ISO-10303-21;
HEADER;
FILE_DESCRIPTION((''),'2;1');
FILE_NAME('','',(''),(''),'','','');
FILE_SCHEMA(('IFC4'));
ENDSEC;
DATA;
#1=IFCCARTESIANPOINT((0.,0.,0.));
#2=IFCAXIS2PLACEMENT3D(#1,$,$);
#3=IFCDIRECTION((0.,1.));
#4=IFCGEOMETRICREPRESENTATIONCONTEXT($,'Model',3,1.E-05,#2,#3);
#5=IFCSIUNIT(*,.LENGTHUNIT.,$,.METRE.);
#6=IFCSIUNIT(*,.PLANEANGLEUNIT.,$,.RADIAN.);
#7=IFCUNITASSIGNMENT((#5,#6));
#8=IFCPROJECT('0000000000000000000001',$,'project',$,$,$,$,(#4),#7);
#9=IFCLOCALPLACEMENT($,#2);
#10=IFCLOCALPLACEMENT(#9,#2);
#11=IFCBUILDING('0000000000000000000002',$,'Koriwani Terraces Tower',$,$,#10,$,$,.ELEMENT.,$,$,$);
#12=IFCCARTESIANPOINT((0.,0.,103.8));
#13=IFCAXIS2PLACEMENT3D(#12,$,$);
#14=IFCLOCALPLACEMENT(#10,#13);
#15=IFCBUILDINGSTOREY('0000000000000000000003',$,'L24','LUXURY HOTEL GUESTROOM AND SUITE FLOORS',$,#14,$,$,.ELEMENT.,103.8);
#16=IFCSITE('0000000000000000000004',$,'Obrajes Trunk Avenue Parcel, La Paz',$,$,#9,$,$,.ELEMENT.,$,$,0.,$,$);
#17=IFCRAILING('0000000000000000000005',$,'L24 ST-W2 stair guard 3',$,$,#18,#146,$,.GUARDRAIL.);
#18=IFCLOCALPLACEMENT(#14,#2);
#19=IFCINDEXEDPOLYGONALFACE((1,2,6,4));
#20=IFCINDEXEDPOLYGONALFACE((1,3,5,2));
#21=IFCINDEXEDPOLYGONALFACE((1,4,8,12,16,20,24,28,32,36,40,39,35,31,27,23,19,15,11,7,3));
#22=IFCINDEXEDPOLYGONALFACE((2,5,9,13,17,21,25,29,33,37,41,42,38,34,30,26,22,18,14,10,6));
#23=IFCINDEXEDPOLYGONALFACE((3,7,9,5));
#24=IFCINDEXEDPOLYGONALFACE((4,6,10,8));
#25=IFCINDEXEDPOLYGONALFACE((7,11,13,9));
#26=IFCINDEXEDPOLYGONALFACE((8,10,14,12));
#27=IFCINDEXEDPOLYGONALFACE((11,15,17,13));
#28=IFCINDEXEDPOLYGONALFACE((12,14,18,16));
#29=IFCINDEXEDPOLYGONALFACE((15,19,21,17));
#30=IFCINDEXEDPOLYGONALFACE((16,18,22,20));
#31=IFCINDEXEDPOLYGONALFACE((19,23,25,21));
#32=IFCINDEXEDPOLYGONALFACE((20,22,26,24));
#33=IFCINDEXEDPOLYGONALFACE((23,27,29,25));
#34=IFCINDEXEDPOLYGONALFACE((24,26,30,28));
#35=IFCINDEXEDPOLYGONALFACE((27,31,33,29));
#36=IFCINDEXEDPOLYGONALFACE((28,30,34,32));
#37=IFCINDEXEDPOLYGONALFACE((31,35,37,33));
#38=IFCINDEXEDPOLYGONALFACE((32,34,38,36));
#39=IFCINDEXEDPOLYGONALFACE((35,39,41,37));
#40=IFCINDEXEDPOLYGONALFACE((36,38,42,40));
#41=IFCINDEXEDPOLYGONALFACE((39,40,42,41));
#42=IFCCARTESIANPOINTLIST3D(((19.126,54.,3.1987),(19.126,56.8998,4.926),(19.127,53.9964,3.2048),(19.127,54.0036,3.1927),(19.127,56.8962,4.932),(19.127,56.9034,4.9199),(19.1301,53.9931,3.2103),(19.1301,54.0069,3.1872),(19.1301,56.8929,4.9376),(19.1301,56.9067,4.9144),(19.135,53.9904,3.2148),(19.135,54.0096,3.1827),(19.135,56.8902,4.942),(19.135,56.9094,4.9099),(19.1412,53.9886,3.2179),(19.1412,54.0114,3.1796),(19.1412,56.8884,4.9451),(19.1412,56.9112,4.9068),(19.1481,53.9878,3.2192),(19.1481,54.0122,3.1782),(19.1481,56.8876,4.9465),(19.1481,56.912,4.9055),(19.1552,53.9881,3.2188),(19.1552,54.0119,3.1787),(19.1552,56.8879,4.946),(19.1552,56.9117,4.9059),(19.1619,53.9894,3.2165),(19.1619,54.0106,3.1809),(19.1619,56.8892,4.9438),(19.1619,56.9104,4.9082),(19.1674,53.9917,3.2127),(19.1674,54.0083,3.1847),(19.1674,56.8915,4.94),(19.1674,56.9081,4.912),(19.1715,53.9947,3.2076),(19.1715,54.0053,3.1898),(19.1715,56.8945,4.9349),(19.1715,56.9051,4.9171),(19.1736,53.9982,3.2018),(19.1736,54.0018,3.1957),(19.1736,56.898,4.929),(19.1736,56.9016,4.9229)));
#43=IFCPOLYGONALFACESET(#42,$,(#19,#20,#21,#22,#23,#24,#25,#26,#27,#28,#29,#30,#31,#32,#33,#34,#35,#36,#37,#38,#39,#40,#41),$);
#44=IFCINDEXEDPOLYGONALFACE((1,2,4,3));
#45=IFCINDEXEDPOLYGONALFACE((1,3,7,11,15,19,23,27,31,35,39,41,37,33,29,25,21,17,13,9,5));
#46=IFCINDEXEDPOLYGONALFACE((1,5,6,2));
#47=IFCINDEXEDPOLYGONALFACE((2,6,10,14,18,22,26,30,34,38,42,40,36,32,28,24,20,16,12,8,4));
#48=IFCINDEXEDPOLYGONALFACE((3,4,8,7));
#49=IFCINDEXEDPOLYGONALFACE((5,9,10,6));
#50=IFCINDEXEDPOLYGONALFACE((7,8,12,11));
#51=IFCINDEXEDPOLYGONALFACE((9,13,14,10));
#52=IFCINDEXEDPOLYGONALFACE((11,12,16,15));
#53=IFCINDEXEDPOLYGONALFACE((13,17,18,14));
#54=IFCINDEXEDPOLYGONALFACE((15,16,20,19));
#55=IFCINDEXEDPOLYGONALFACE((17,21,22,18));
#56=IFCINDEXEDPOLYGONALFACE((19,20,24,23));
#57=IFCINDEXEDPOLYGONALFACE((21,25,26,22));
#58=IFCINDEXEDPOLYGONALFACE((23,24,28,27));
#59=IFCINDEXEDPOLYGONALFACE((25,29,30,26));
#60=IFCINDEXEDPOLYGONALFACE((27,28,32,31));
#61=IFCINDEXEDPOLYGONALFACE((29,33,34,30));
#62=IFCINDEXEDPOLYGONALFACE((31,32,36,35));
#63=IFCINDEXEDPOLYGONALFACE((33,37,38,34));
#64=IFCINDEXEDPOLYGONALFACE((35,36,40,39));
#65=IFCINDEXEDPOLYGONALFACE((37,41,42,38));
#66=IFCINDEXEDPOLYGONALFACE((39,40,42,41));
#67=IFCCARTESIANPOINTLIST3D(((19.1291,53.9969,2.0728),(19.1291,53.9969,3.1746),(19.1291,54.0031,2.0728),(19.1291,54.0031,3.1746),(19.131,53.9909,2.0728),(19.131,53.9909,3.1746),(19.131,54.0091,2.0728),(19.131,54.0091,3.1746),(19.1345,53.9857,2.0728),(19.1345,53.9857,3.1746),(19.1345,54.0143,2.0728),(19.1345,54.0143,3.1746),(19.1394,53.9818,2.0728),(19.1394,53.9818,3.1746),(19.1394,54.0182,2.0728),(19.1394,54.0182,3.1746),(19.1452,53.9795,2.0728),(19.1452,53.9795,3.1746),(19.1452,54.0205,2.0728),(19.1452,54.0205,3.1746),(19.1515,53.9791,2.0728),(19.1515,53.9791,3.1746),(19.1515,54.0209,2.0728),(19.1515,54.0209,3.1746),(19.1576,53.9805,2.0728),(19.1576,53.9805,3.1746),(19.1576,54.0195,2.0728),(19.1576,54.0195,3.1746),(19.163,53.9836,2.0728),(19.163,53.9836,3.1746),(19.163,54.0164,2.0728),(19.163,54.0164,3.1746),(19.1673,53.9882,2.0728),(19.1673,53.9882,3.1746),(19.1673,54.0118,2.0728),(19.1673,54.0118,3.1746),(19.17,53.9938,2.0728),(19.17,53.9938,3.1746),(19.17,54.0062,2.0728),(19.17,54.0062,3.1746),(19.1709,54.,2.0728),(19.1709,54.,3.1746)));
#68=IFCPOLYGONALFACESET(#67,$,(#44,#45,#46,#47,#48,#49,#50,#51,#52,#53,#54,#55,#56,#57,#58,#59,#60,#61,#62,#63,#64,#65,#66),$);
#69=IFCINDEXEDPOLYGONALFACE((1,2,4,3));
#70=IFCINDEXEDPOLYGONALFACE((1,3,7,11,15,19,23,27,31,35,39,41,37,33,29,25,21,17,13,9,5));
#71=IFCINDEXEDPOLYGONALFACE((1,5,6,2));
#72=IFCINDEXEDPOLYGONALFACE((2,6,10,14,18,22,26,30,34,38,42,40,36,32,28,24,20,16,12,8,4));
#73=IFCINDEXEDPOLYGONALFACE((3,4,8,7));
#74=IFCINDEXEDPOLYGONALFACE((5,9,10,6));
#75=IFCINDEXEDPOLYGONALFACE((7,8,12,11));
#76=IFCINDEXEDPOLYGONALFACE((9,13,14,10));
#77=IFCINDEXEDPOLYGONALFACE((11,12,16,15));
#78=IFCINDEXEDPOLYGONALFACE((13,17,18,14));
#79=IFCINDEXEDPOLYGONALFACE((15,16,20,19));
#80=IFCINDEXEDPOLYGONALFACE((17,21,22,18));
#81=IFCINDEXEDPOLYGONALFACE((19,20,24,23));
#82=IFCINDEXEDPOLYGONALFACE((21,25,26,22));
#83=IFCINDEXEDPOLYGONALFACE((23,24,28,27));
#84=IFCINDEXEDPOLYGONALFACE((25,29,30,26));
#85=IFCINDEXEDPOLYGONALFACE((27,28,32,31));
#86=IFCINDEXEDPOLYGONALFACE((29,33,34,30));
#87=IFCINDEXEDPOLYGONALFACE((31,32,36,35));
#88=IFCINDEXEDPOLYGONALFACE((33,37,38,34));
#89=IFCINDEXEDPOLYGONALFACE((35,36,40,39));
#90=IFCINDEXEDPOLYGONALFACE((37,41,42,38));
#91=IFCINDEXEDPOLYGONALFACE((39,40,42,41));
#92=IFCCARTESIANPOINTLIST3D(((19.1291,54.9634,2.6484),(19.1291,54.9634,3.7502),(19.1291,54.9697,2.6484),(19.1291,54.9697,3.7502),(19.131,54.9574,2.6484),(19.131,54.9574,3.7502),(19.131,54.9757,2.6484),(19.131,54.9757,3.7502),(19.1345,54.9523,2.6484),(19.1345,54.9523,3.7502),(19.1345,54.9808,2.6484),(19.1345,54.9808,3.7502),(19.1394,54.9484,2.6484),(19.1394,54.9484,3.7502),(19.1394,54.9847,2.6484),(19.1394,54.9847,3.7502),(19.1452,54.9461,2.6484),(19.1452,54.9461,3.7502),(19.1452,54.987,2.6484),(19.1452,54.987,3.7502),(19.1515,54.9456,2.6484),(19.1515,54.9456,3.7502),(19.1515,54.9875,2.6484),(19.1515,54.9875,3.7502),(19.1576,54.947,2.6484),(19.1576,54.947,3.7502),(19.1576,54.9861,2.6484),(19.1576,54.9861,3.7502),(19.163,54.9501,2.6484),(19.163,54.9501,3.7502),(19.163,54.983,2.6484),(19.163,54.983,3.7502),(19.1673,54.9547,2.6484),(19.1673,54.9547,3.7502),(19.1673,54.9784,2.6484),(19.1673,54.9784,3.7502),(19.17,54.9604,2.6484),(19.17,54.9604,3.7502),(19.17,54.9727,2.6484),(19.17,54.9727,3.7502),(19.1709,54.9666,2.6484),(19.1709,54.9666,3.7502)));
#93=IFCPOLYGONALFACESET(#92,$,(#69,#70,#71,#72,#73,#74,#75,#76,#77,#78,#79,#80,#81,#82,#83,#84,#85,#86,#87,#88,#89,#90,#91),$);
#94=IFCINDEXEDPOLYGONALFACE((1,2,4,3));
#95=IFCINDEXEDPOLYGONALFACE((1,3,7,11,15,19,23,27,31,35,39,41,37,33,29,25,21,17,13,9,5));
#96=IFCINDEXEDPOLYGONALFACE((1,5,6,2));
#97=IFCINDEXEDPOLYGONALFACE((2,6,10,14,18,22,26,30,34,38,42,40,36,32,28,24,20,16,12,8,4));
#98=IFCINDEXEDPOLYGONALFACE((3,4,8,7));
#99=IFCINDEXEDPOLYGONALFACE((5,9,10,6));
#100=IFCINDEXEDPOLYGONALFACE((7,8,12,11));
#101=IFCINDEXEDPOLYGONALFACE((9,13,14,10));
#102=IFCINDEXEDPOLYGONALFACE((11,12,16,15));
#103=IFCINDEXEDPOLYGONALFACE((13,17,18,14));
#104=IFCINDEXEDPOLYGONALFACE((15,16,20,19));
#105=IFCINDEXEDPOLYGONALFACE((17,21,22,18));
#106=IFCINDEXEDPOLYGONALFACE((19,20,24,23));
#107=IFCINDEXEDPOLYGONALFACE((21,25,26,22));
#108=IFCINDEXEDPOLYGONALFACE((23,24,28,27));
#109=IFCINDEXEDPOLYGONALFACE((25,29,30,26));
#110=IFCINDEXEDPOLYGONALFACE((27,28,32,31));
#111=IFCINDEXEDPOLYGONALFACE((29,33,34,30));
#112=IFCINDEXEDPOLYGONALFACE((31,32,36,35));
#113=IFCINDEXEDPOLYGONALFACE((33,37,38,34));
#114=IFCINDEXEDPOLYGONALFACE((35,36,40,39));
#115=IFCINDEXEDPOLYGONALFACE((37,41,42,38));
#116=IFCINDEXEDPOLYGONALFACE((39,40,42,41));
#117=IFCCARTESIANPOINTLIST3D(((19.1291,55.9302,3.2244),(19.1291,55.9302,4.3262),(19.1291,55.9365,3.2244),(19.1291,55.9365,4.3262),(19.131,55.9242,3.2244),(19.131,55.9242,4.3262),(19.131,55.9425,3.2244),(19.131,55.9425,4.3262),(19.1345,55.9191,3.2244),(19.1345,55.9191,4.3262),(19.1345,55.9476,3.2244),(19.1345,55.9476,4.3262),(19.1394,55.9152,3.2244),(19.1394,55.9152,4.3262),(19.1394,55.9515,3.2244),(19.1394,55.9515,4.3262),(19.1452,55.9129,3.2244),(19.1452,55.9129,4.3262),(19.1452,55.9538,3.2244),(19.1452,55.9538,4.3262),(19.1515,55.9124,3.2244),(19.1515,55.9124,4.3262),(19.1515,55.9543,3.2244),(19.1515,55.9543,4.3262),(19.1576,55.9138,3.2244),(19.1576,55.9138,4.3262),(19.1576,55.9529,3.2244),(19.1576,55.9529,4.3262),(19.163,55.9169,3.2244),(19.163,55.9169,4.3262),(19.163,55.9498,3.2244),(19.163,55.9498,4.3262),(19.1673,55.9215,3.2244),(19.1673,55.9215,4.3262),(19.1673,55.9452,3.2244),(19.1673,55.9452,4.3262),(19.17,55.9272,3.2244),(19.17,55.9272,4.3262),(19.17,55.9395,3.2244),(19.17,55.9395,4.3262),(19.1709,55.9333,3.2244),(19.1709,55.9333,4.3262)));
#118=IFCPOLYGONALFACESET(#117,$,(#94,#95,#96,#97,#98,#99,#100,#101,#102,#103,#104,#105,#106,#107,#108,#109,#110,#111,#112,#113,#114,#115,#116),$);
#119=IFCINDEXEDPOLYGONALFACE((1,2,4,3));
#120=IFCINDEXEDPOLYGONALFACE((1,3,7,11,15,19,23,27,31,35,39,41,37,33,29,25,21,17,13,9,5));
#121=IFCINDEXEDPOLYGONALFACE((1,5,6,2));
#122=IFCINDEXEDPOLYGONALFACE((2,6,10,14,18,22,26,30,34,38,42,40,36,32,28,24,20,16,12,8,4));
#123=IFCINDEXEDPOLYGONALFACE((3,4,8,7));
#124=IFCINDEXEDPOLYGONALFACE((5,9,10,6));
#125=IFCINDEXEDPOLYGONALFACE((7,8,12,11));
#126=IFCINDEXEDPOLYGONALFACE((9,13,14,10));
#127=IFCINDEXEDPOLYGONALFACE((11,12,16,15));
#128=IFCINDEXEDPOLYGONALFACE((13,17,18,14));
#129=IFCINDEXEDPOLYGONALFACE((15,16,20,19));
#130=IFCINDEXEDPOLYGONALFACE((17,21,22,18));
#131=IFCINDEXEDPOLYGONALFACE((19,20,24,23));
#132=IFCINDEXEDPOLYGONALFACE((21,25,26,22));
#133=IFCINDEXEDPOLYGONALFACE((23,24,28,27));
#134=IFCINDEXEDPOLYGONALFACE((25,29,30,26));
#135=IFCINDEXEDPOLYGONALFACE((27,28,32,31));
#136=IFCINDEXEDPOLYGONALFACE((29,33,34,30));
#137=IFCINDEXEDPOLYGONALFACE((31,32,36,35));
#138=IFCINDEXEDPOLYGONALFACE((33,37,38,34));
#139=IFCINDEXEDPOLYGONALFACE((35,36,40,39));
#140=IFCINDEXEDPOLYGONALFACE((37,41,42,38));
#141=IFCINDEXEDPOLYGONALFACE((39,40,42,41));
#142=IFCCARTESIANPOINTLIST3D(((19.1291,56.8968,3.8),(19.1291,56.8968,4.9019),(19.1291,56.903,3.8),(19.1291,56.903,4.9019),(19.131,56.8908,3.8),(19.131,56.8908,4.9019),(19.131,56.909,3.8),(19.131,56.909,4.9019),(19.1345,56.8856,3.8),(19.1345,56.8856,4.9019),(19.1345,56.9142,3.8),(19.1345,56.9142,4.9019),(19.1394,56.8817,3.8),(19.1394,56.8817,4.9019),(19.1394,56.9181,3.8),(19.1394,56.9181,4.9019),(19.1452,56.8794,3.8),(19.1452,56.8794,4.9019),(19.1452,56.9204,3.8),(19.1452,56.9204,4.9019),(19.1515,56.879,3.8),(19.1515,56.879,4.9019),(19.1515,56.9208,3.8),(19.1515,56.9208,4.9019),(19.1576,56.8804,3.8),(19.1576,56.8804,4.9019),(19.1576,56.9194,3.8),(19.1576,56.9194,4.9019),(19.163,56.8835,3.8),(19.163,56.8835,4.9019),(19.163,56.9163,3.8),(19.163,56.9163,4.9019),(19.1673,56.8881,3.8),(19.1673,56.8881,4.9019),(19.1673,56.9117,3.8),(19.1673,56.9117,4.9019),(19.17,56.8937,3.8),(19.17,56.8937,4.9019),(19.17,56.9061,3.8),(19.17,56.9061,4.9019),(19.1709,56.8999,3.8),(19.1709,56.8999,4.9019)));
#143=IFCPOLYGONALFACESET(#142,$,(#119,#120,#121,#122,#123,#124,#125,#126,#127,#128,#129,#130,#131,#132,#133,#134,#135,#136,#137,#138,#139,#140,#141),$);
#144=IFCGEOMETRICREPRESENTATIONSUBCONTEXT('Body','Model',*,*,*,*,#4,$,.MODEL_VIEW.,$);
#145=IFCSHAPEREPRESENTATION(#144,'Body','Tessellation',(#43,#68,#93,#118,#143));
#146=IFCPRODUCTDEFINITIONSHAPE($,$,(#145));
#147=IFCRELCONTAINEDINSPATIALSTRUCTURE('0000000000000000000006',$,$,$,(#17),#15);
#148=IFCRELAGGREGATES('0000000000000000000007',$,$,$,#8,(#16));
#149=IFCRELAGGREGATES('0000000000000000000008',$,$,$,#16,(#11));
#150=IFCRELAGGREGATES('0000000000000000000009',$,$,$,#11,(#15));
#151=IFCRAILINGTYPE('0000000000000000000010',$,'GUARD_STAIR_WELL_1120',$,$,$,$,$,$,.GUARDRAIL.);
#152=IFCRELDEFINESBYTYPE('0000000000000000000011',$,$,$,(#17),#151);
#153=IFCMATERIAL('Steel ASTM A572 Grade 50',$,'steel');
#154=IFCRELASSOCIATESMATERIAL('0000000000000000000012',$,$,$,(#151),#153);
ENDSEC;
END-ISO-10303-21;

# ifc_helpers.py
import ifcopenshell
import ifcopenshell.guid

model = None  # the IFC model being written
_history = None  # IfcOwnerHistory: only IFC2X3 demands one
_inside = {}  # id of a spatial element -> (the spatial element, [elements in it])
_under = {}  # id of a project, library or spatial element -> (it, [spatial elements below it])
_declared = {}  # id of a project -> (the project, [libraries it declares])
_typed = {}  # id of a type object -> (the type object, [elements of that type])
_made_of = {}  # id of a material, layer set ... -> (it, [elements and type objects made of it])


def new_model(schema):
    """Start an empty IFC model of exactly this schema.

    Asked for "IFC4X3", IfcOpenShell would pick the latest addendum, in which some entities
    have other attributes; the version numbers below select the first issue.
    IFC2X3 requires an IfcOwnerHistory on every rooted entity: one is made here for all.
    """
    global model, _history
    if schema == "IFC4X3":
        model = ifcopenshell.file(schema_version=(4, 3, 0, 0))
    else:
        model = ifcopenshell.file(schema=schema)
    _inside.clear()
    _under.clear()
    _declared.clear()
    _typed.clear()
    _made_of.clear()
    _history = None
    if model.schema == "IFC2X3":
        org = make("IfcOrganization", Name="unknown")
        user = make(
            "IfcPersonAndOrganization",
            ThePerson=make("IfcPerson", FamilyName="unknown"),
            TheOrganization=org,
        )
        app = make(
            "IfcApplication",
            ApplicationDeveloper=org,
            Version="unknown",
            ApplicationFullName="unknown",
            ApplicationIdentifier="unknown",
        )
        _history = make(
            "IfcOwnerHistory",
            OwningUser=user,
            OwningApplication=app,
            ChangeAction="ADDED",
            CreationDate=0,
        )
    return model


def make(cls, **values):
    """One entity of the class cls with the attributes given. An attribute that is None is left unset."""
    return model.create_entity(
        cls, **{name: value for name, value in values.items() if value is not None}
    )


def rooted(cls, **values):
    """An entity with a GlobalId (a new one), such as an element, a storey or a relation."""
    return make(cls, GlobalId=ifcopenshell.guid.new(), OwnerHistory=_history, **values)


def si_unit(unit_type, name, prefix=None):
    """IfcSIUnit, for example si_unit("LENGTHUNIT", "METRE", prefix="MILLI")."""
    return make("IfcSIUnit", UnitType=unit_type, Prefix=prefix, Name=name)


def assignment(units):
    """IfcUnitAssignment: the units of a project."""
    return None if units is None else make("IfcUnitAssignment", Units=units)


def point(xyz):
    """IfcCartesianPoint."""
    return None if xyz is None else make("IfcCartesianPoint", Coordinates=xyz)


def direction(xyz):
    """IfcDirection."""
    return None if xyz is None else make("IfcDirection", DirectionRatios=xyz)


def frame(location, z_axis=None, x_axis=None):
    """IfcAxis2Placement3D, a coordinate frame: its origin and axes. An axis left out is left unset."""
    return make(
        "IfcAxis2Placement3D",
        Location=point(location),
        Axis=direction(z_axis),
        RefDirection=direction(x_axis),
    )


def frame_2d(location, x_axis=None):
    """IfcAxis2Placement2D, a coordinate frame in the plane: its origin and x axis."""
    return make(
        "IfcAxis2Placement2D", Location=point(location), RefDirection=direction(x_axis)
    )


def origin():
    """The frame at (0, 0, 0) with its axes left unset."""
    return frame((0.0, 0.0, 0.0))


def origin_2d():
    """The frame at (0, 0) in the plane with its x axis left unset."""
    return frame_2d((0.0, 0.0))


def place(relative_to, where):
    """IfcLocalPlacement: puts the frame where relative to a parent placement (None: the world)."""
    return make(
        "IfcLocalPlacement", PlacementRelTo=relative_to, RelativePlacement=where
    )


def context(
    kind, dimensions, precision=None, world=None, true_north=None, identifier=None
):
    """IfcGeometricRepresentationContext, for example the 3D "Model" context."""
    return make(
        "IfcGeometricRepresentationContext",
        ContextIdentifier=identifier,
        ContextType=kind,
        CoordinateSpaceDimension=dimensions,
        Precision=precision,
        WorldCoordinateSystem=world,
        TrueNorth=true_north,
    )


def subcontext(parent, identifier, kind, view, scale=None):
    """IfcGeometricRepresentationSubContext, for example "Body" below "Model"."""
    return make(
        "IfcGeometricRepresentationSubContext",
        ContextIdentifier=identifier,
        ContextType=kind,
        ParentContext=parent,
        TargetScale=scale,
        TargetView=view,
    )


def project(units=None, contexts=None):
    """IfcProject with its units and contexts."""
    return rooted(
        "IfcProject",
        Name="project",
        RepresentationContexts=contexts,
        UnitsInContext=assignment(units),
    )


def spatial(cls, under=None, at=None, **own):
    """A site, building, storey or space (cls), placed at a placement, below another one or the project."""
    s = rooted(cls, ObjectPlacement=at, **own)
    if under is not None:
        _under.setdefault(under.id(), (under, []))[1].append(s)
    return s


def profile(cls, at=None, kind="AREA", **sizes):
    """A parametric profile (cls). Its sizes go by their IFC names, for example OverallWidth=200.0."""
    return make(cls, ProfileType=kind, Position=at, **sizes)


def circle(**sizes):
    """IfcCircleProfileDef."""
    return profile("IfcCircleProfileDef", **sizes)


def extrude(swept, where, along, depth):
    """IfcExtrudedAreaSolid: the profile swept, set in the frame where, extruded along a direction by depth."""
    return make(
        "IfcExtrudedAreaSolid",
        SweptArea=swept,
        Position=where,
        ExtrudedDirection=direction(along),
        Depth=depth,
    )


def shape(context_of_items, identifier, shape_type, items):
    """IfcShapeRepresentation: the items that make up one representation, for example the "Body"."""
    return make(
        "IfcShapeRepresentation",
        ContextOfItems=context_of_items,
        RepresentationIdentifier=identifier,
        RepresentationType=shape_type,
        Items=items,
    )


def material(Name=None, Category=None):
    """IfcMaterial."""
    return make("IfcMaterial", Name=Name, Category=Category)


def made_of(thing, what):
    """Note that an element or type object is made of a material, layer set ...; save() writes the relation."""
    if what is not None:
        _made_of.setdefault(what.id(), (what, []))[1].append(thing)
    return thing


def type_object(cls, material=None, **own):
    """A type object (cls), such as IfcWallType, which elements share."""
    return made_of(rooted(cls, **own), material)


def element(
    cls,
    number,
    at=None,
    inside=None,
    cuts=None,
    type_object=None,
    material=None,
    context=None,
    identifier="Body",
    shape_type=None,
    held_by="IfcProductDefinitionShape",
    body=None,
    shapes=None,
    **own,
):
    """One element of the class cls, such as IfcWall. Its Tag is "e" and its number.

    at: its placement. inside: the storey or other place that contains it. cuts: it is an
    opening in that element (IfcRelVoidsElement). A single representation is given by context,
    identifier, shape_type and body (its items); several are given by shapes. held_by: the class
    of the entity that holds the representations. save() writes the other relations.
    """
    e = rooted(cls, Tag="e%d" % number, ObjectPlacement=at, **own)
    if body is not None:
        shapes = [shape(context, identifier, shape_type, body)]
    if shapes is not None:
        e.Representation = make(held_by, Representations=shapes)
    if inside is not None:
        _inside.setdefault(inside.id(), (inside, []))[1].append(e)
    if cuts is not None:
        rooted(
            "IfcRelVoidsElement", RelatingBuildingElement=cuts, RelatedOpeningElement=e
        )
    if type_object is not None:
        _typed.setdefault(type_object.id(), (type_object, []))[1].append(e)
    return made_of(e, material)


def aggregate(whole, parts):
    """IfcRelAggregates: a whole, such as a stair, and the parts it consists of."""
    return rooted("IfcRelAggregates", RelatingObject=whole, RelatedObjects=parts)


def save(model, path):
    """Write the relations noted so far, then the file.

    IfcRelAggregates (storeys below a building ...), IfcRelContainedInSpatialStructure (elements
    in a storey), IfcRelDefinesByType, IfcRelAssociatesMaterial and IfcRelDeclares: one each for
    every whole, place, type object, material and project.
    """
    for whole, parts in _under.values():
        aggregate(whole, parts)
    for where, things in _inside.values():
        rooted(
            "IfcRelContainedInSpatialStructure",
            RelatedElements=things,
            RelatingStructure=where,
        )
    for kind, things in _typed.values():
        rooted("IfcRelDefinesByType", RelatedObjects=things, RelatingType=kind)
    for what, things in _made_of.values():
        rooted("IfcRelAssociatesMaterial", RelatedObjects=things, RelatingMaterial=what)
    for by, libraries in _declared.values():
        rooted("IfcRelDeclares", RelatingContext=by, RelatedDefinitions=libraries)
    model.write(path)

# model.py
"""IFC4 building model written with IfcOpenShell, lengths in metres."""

from ifc_helpers import new_model, si_unit, direction, frame, origin, origin_2d, place, context, subcontext, project, spatial, circle, extrude, material, type_object, element, save


model = new_model("IFC4")

# Units and contexts
model_context = context("Model", 3, precision=1e-05, world=origin(), true_north=direction((0.0, 1.0)))
body_context = subcontext(model_context, "Body", "Model", "MODEL_VIEW")
ifc_project = project(units=[si_unit("LENGTHUNIT", "METRE"), si_unit("PLANEANGLEUNIT", "RADIAN")], contexts=[model_context])

# Site, building, storey
site_placement = place(None, origin())
site = spatial("IfcSite", under=ifc_project, at=site_placement, Name="Obrajes Trunk Avenue Parcel, La Paz", CompositionType="ELEMENT", RefElevation=0.0)
building_placement = place(site_placement, origin())
building = spatial("IfcBuilding", under=site, at=building_placement, Name="Koriwani Terraces Tower", CompositionType="ELEMENT")
storey_placement = place(building_placement, frame((0.0, 0.0, 103.8)))
storey = spatial("IfcBuildingStorey", under=building, at=storey_placement, Name="L24", Description="LUXURY HOTEL GUESTROOM AND SUITE FLOORS", CompositionType="ELEMENT", Elevation=103.8)

# Shared definitions
ifc_material_1 = material(Name="Steel ASTM A572 Grade 50", Category="steel")

# Railing
railing_type_1 = type_object("IfcRailingType", Name="GUARD_STAIR_WELL_1120", PredefinedType="GUARDRAIL", material=ifc_material_1)
railing_1_placement = place(storey_placement, frame((19.1499, 54.0, 2.0728)))
element("IfcRailing", 1, at=railing_1_placement, inside=storey, type_object=railing_type_1, Name="L24 ST-W2 stair guard 3", PredefinedType="GUARDRAIL", context=body_context, shape_type="SweptSolid", body=[
    extrude(circle(Radius=0.0239, at=origin_2d()), frame((0.0, 0.0, 1.126), z_axis=(0.0, 0.859141, 0.511738), x_axis=(-1.0, 0.0, 0.0)), (0.0, 0.0, 1.0), 3.3752),
    extrude(circle(Radius=0.021, at=origin_2d()), origin(), (0.0, 0.0, 1.0), 1.1018),
    extrude(circle(Radius=0.021, at=origin_2d()), frame((0.0, 0.9666, 0.5757)), (0.0, 0.0, 1.0), 1.1018),
    extrude(circle(Radius=0.021, at=origin_2d()), frame((0.0, 1.9333, 1.1516)), (0.0, 0.0, 1.0), 1.1018),
    extrude(circle(Radius=0.021, at=origin_2d()), frame((0.0, 2.8999, 1.7273)), (0.0, 0.0, 1.0), 1.1018),
])

save(model, "model.ifc")
